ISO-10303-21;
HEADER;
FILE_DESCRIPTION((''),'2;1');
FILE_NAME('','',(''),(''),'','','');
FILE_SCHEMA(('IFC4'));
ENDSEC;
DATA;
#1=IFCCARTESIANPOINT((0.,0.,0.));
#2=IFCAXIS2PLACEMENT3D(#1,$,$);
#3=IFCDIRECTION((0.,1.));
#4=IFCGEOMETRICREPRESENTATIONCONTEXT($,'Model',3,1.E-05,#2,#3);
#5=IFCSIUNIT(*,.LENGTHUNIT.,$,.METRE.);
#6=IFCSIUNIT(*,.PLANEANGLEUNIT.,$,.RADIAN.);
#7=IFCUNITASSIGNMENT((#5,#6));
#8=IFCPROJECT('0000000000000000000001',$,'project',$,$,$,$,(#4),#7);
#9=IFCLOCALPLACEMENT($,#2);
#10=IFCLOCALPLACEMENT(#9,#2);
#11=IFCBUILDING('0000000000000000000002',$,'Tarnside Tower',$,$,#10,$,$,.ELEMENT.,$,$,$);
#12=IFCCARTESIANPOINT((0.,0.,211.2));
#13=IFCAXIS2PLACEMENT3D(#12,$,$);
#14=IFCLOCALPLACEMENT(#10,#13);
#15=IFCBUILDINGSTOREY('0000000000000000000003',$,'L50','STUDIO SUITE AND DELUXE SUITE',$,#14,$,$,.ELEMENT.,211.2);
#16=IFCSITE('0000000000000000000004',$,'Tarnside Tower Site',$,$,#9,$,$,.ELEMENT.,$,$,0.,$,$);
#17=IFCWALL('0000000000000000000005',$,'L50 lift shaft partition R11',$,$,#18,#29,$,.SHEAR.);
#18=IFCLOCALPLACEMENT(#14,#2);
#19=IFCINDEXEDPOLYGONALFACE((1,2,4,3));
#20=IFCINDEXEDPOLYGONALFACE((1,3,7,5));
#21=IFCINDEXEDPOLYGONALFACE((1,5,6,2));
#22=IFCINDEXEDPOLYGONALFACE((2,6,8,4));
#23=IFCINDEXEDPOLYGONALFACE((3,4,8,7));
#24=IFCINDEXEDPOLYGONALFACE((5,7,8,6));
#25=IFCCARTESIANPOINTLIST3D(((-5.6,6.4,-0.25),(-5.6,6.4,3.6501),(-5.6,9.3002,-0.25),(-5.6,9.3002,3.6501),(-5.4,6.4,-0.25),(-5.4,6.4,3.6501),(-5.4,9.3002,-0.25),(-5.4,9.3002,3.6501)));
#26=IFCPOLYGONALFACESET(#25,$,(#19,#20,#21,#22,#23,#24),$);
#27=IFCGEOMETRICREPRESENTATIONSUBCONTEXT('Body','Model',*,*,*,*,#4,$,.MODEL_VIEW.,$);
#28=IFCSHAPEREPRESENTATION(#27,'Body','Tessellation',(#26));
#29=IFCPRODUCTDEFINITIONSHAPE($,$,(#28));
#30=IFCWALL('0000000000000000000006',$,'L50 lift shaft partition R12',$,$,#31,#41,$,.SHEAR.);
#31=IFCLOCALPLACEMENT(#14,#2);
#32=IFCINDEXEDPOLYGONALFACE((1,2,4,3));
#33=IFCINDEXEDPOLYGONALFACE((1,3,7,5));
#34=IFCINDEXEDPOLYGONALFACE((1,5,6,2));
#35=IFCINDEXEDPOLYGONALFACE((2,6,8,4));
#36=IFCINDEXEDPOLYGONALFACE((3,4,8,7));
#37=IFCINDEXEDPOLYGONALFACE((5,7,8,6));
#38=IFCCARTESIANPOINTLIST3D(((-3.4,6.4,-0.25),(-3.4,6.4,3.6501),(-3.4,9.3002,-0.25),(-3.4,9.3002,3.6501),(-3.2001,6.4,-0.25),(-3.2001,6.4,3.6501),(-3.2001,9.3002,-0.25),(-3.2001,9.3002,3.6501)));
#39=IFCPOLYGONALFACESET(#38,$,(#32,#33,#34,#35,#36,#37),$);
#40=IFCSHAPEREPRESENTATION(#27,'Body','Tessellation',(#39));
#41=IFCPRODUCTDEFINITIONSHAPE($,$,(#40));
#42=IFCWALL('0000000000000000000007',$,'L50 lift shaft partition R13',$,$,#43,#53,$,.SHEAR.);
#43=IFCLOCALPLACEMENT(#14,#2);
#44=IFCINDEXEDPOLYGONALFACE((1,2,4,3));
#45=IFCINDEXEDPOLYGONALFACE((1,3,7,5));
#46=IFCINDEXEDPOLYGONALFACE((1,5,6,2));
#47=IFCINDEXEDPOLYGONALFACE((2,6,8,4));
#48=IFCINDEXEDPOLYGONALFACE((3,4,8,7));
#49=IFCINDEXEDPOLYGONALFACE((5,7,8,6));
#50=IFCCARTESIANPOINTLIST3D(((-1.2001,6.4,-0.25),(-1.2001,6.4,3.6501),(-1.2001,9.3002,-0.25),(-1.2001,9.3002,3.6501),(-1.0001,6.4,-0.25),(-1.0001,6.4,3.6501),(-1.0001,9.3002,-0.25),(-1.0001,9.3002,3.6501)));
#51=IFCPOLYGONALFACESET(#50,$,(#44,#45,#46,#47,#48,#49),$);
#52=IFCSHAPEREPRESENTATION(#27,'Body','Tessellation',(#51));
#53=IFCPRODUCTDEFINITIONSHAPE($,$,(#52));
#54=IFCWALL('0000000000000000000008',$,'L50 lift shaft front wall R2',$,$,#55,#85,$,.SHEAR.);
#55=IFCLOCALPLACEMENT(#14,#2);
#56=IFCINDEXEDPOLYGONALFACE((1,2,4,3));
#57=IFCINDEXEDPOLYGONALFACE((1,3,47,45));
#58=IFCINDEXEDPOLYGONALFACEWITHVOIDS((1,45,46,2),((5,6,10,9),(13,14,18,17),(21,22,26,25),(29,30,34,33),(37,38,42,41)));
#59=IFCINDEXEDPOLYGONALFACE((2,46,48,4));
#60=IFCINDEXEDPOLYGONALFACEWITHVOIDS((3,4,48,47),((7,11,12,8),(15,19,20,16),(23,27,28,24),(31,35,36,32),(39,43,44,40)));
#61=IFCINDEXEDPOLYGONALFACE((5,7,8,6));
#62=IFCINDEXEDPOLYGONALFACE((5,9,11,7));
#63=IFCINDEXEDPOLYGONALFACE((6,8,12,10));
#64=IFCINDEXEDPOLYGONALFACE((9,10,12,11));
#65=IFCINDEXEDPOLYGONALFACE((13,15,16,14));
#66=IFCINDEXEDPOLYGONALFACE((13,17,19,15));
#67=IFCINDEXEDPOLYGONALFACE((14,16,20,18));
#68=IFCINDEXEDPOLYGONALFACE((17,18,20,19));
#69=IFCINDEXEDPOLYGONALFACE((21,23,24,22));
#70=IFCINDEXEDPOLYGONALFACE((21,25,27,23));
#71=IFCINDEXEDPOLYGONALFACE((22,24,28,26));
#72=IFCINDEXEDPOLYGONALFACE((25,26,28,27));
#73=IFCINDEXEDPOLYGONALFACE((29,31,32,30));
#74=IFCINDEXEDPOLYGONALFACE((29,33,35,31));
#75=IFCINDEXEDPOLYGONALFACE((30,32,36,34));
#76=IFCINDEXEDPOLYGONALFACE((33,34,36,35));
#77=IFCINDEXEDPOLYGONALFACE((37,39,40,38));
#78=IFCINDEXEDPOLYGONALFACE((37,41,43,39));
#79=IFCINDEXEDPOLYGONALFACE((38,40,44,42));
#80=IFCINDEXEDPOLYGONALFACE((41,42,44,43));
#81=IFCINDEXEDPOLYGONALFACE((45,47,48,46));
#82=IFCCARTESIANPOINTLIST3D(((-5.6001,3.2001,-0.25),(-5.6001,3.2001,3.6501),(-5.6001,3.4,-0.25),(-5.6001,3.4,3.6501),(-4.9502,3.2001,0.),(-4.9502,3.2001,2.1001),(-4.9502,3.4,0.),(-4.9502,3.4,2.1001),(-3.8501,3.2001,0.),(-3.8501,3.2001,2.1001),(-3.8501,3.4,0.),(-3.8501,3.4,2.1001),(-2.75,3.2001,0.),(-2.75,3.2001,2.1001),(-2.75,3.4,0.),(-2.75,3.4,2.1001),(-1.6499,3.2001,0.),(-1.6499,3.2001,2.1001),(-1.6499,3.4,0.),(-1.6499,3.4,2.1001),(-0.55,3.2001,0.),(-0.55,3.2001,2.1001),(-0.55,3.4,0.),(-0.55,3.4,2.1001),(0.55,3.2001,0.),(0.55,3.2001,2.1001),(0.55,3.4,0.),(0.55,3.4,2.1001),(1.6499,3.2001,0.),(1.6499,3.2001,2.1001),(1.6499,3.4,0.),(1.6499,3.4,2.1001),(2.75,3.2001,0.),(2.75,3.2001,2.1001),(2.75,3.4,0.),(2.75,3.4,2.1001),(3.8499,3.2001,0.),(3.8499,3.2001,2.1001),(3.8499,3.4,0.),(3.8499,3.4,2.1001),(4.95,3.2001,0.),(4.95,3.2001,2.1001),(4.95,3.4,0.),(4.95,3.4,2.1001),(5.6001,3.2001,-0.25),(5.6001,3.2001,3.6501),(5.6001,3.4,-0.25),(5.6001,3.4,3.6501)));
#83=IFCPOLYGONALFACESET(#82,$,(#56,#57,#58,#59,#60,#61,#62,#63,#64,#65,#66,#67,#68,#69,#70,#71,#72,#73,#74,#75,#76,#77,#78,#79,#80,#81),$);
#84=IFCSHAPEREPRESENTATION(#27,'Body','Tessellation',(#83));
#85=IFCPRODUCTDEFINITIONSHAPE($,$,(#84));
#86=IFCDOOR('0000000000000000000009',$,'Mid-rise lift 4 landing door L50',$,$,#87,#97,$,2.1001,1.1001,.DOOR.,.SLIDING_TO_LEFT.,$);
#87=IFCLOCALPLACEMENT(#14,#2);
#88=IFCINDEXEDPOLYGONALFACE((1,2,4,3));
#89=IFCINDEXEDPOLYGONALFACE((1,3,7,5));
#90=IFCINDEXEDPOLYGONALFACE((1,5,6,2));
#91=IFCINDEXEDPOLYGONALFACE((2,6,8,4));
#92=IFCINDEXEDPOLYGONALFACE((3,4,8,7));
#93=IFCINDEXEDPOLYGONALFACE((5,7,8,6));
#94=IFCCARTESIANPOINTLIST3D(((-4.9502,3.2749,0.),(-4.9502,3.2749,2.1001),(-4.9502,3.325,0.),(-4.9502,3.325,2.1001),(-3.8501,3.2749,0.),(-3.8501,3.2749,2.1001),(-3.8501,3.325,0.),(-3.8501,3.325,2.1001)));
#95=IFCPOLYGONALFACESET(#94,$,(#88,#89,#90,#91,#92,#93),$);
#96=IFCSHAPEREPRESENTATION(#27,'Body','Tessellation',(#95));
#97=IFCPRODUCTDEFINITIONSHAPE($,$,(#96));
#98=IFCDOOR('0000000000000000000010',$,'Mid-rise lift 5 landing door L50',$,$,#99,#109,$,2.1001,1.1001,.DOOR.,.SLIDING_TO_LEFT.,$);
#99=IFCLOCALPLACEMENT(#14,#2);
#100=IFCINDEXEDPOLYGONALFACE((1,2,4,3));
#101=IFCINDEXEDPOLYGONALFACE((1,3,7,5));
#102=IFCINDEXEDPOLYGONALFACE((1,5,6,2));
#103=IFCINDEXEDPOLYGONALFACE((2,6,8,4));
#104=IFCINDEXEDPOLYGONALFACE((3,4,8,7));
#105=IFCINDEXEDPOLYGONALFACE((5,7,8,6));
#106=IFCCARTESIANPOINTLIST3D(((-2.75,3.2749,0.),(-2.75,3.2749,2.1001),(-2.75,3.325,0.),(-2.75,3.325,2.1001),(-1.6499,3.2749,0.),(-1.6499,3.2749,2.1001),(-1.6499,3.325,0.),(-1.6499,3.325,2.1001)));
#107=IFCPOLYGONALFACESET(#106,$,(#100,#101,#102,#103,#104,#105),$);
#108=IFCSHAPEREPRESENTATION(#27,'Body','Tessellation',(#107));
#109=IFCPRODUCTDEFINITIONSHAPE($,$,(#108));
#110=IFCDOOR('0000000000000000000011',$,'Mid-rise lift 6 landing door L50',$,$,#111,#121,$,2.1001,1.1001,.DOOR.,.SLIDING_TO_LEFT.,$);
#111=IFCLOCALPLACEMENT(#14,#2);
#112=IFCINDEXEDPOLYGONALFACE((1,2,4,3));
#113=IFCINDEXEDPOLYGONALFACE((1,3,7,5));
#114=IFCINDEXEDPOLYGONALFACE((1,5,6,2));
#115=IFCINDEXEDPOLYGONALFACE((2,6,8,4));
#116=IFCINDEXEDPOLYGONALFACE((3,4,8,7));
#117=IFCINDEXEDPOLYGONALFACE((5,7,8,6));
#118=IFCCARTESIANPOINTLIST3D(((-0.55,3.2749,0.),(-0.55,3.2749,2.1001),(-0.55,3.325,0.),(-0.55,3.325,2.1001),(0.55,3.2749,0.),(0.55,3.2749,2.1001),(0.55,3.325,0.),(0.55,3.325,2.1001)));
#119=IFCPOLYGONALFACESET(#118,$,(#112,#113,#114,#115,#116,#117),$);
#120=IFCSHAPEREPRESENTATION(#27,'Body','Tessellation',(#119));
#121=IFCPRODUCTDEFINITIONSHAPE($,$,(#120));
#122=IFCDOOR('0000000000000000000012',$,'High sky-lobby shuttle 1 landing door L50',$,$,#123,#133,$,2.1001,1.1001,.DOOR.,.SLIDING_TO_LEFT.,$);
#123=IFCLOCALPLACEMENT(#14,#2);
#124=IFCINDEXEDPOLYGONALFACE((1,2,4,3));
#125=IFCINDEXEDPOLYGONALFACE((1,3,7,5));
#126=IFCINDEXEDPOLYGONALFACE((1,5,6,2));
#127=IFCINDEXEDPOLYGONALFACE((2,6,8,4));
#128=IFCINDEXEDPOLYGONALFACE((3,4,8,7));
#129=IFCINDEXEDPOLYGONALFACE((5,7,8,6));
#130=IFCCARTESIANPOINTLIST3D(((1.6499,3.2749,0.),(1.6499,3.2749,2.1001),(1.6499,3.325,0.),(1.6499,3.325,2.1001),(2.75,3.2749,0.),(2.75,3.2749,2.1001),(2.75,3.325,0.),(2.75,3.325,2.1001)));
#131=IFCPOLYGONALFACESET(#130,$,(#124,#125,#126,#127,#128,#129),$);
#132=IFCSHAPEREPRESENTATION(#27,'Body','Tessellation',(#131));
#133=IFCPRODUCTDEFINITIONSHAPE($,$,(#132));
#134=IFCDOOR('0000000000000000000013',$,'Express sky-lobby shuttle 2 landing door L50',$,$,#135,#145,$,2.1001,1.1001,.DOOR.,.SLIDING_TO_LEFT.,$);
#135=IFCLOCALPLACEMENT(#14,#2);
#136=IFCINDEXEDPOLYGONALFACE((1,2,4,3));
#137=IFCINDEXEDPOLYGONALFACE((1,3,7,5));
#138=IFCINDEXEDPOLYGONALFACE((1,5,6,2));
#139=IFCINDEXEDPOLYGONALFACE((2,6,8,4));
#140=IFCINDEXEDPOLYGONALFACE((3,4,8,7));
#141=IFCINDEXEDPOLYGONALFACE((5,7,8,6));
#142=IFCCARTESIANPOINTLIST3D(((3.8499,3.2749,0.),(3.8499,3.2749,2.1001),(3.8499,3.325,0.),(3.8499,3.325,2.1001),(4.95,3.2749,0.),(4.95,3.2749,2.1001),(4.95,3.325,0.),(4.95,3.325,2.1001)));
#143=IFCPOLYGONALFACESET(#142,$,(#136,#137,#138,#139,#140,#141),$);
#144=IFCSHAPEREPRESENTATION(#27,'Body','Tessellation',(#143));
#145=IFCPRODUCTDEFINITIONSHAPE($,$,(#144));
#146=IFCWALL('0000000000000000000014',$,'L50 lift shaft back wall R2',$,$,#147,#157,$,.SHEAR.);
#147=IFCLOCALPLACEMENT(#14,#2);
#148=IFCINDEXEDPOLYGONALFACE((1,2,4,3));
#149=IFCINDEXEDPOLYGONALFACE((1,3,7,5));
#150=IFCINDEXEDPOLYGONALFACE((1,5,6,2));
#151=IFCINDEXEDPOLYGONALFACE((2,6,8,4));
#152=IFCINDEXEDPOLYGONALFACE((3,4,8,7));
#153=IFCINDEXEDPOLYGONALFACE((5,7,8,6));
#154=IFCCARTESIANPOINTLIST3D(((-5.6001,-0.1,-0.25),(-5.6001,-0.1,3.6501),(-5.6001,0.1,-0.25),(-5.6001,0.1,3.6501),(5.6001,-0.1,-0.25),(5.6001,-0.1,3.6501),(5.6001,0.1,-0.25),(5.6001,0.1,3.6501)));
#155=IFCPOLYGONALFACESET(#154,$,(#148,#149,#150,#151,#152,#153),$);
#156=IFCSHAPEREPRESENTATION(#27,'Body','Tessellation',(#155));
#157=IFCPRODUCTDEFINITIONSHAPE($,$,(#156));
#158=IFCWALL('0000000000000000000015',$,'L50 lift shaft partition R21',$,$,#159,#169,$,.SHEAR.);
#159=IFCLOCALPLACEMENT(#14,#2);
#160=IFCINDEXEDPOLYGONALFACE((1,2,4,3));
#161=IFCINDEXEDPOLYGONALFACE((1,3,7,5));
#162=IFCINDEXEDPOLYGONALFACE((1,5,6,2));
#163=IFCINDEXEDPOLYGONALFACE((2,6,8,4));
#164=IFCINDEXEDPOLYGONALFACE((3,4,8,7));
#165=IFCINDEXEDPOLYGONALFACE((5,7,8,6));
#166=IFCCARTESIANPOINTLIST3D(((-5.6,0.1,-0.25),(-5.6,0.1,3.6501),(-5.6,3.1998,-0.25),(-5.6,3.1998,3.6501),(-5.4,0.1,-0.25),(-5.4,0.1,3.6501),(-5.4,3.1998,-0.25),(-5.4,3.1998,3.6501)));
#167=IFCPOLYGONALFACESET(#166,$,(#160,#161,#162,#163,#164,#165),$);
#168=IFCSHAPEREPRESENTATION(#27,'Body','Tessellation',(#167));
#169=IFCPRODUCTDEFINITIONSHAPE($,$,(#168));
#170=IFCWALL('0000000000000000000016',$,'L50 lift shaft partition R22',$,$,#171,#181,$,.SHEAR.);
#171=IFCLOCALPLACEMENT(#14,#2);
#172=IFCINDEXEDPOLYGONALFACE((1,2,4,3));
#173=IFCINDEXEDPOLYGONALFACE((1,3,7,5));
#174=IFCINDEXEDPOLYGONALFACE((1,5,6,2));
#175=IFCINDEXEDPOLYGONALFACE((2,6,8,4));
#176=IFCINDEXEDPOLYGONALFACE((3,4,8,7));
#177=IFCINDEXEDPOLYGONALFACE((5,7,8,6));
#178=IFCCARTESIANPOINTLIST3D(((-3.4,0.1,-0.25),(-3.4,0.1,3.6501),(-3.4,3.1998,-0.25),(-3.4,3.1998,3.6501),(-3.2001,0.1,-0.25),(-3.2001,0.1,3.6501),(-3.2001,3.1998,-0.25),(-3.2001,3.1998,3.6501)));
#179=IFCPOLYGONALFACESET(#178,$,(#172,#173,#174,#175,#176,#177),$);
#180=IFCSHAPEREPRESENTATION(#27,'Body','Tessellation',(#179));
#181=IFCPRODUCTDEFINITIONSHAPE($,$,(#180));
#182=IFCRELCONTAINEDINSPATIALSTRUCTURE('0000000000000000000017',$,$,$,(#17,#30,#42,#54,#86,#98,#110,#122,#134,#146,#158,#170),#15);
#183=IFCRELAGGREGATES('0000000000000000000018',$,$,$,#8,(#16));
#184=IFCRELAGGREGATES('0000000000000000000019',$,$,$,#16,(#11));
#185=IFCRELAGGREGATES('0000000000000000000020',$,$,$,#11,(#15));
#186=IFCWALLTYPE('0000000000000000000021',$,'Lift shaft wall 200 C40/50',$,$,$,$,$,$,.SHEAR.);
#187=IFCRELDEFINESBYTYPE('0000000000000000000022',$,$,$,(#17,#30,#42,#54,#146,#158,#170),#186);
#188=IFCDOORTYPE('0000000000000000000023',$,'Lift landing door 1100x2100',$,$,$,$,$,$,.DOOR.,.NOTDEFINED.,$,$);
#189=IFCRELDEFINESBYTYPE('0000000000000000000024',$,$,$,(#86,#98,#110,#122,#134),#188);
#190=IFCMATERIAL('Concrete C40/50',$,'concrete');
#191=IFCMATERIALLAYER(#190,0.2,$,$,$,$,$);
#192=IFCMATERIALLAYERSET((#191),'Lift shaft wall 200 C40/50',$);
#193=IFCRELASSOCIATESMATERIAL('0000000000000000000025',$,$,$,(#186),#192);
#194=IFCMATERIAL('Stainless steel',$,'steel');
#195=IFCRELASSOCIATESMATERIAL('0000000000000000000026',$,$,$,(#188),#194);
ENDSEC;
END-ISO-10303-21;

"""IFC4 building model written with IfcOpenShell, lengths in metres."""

from ifc_helpers import new_model, si_unit, direction, frame, frame_2d, origin, place, context, subcontext, project, spatial, rectangle, extrude, material, layer, layer_set, type_object, element, fill, save


model = new_model("IFC4")

# Units and contexts
model_context = context("Model", 3, precision=1e-05, world=origin(), true_north=direction((0.0, 1.0)))
body_context = subcontext(model_context, "Body", "Model", "MODEL_VIEW")
ifc_project = project(units=[si_unit("LENGTHUNIT", "METRE"), si_unit("PLANEANGLEUNIT", "RADIAN")], contexts=[model_context])

# Site, building, storey
site_placement = place(None, origin())
site = spatial("IfcSite", under=ifc_project, at=site_placement, Name="Tarnside Tower Site", CompositionType="ELEMENT", RefElevation=0.0)
building_placement = place(site_placement, origin())
building = spatial("IfcBuilding", under=site, at=building_placement, Name="Tarnside Tower", CompositionType="ELEMENT")
storey_placement = place(building_placement, frame((0.0, 0.0, 211.2)))
storey = spatial("IfcBuildingStorey", under=building, at=storey_placement, Name="L50", Description="STUDIO SUITE AND DELUXE SUITE", CompositionType="ELEMENT", Elevation=211.2)

# Shared definitions
ifc_material_1 = material(Name="Concrete C40/50", Category="concrete")
ifc_layer_1 = layer(ifc_material_1, 0.2)
ifc_layer_set_1 = layer_set([ifc_layer_1], Name="Lift shaft wall 200 C40/50")
wall_type_1 = type_object("IfcWallType", Name="Lift shaft wall 200 C40/50", PredefinedType="SHEAR", material=ifc_layer_set_1)
ifc_material_2 = material(Name="Stainless steel", Category="steel")
door_type_1 = type_object("IfcDoorType", Name="Lift landing door 1100x2100", OperationType="NOTDEFINED", PredefinedType="DOOR", material=ifc_material_2)

# Walls
for number, where, z_axis, x_axis, name in (
    (1, (-5.5, 6.3999, -0.25), (0.0, 0.0, 1.0), (0.0, 1.0, 0.0), "L50 lift shaft partition R11"),
    (2, (-3.3, 6.3999, -0.25), (0.0, 0.0, 1.0), (0.0, 1.0, 0.0), "L50 lift shaft partition R12"),
    (3, (-1.1001, 6.3999, -0.25), (0.0, 0.0, 1.0), (0.0, 1.0, 0.0), "L50 lift shaft partition R13"),
):
    element("IfcWall", number, at=place(storey_placement, frame(where, z_axis=z_axis, x_axis=x_axis)), inside=storey, type_object=wall_type_1, Name=name, PredefinedType="SHEAR", context=body_context, shape_type="SweptSolid", body=[
        extrude(rectangle(XDim=2.9001, YDim=0.2, at=frame_2d((1.4502, 0.0))), origin(), (0.0, 0.0, 1.0), 3.9001),
    ])

# Wall, openings, doors
wall_1_placement = place(storey_placement, frame((-5.6001, 3.3, -0.25), z_axis=(0.0, 0.0, 1.0), x_axis=(1.0, 0.0, 0.0)))
wall_1 = element("IfcWall", 4, at=wall_1_placement, inside=storey, type_object=wall_type_1, Name="L50 lift shaft front wall R2", PredefinedType="SHEAR", context=body_context, shape_type="SweptSolid", body=[
    extrude(rectangle(XDim=11.2002, YDim=0.2, at=frame_2d((5.6001, 0.0))), origin(), (0.0, 0.0, 1.0), 3.9001),
])
opening_1_placement = place(wall_1_placement, frame((0.6499, 0.0, 0.25)))
opening_1 = element("IfcOpeningElement", 5, at=opening_1_placement, cuts=wall_1, PredefinedType="OPENING", context=body_context, shape_type="SweptSolid", body=[
    extrude(rectangle(XDim=1.1001, YDim=2.1001, at=frame_2d((0.55, 1.05))), frame((0.0, 0.1099, 0.0), z_axis=(0.0, -1.0, 0.0), x_axis=(1.0, 0.0, 0.0)), (0.0, 0.0, 1.0), 0.22),
])
opening_2_placement = place(wall_1_placement, frame((2.8501, 0.0, 0.25)))
opening_2 = element("IfcOpeningElement", 6, at=opening_2_placement, cuts=wall_1, PredefinedType="OPENING", context=body_context, shape_type="SweptSolid", body=[
    extrude(rectangle(XDim=1.1001, YDim=2.1001, at=frame_2d((0.55, 1.05))), frame((0.0, 0.1099, 0.0), z_axis=(0.0, -1.0, 0.0), x_axis=(1.0, 0.0, 0.0)), (0.0, 0.0, 1.0), 0.22),
])
opening_3_placement = place(wall_1_placement, frame((5.05, 0.0, 0.25)))
opening_3 = element("IfcOpeningElement", 7, at=opening_3_placement, cuts=wall_1, PredefinedType="OPENING", context=body_context, shape_type="SweptSolid", body=[
    extrude(rectangle(XDim=1.1001, YDim=2.1001, at=frame_2d((0.55, 1.05))), frame((0.0, 0.1099, 0.0), z_axis=(0.0, -1.0, 0.0), x_axis=(1.0, 0.0, 0.0)), (0.0, 0.0, 1.0), 0.22),
])
opening_4_placement = place(wall_1_placement, frame((7.25, 0.0, 0.25)))
opening_4 = element("IfcOpeningElement", 8, at=opening_4_placement, cuts=wall_1, PredefinedType="OPENING", context=body_context, shape_type="SweptSolid", body=[
    extrude(rectangle(XDim=1.1001, YDim=2.1001, at=frame_2d((0.55, 1.05))), frame((0.0, 0.1099, 0.0), z_axis=(0.0, -1.0, 0.0), x_axis=(1.0, 0.0, 0.0)), (0.0, 0.0, 1.0), 0.22),
])
opening_5_placement = place(wall_1_placement, frame((9.45, 0.0, 0.25)))
opening_5 = element("IfcOpeningElement", 9, at=opening_5_placement, cuts=wall_1, PredefinedType="OPENING", context=body_context, shape_type="SweptSolid", body=[
    extrude(rectangle(XDim=1.1001, YDim=2.1001, at=frame_2d((0.55, 1.05))), frame((0.0, 0.1099, 0.0), z_axis=(0.0, -1.0, 0.0), x_axis=(1.0, 0.0, 0.0)), (0.0, 0.0, 1.0), 0.22),
])
door_1_placement = place(opening_1_placement, origin())
door_1 = element("IfcDoor", 10, at=door_1_placement, inside=storey, type_object=door_type_1, Name="Mid-rise lift 4 landing door L50", OperationType="SLIDING_TO_LEFT", OverallHeight=2.1001, OverallWidth=1.1001, PredefinedType="DOOR", context=body_context, shape_type="SweptSolid", body=[
    extrude(rectangle(XDim=1.1001, YDim=2.1001, at=frame_2d((0.55, 1.05))), frame((0.0, 0.0249, 0.0), z_axis=(0.0, -1.0, 0.0), x_axis=(1.0, 0.0, 0.0)), (0.0, 0.0, 1.0), 0.05),
])
fill(opening_1, door_1)
door_2_placement = place(opening_2_placement, origin())
door_2 = element("IfcDoor", 11, at=door_2_placement, inside=storey, type_object=door_type_1, Name="Mid-rise lift 5 landing door L50", OperationType="SLIDING_TO_LEFT", OverallHeight=2.1001, OverallWidth=1.1001, PredefinedType="DOOR", context=body_context, shape_type="SweptSolid", body=[
    extrude(rectangle(XDim=1.1001, YDim=2.1001, at=frame_2d((0.55, 1.05))), frame((0.0, 0.0249, 0.0), z_axis=(0.0, -1.0, 0.0), x_axis=(1.0, 0.0, 0.0)), (0.0, 0.0, 1.0), 0.05),
])
fill(opening_2, door_2)
door_3_placement = place(opening_3_placement, origin())
door_3 = element("IfcDoor", 12, at=door_3_placement, inside=storey, type_object=door_type_1, Name="Mid-rise lift 6 landing door L50", OperationType="SLIDING_TO_LEFT", OverallHeight=2.1001, OverallWidth=1.1001, PredefinedType="DOOR", context=body_context, shape_type="SweptSolid", body=[
    extrude(rectangle(XDim=1.1001, YDim=2.1001, at=frame_2d((0.55, 1.05))), frame((0.0, 0.0249, 0.0), z_axis=(0.0, -1.0, 0.0), x_axis=(1.0, 0.0, 0.0)), (0.0, 0.0, 1.0), 0.05),
])
fill(opening_3, door_3)
door_4_placement = place(opening_4_placement, origin())
door_4 = element("IfcDoor", 13, at=door_4_placement, inside=storey, type_object=door_type_1, Name="High sky-lobby shuttle 1 landing door L50", OperationType="SLIDING_TO_LEFT", OverallHeight=2.1001, OverallWidth=1.1001, PredefinedType="DOOR", context=body_context, shape_type="SweptSolid", body=[
    extrude(rectangle(XDim=1.1001, YDim=2.1001, at=frame_2d((0.55, 1.05))), frame((0.0, 0.0249, 0.0), z_axis=(0.0, -1.0, 0.0), x_axis=(1.0, 0.0, 0.0)), (0.0, 0.0, 1.0), 0.05),
])
fill(opening_4, door_4)
door_5_placement = place(opening_5_placement, origin())
door_5 = element("IfcDoor", 14, at=door_5_placement, inside=storey, type_object=door_type_1, Name="Express sky-lobby shuttle 2 landing door L50", OperationType="SLIDING_TO_LEFT", OverallHeight=2.1001, OverallWidth=1.1001, PredefinedType="DOOR", context=body_context, shape_type="SweptSolid", body=[
    extrude(rectangle(XDim=1.1001, YDim=2.1001, at=frame_2d((0.55, 1.05))), frame((0.0, 0.0249, 0.0), z_axis=(0.0, -1.0, 0.0), x_axis=(1.0, 0.0, 0.0)), (0.0, 0.0, 1.0), 0.05),
])
fill(opening_5, door_5)

# Walls
wall_2_placement = place(storey_placement, frame((-5.6001, 0.0, -0.25), z_axis=(0.0, 0.0, 1.0), x_axis=(1.0, 0.0, 0.0)))
element("IfcWall", 15, at=wall_2_placement, inside=storey, type_object=wall_type_1, Name="L50 lift shaft back wall R2", PredefinedType="SHEAR", context=body_context, shape_type="SweptSolid", body=[
    extrude(rectangle(XDim=11.2002, YDim=0.2, at=frame_2d((5.6001, 0.0))), origin(), (0.0, 0.0, 1.0), 3.9001),
])
for number, where, z_axis, x_axis, name in (
    (16, (-5.5, 0.1001, -0.25), (0.0, 0.0, 1.0), (0.0, 1.0, 0.0), "L50 lift shaft partition R21"),
    (17, (-3.3, 0.1001, -0.25), (0.0, 0.0, 1.0), (0.0, 1.0, 0.0), "L50 lift shaft partition R22"),
):
    element("IfcWall", number, at=place(storey_placement, frame(where, z_axis=z_axis, x_axis=x_axis)), inside=storey, type_object=wall_type_1, Name=name, PredefinedType="SHEAR", context=body_context, shape_type="SweptSolid", body=[
        extrude(rectangle(XDim=3.0999, YDim=0.2, at=frame_2d((1.5498, 0.0))), origin(), (0.0, 0.0, 1.0), 3.9001),
    ])

save(model, "model.ifc")
